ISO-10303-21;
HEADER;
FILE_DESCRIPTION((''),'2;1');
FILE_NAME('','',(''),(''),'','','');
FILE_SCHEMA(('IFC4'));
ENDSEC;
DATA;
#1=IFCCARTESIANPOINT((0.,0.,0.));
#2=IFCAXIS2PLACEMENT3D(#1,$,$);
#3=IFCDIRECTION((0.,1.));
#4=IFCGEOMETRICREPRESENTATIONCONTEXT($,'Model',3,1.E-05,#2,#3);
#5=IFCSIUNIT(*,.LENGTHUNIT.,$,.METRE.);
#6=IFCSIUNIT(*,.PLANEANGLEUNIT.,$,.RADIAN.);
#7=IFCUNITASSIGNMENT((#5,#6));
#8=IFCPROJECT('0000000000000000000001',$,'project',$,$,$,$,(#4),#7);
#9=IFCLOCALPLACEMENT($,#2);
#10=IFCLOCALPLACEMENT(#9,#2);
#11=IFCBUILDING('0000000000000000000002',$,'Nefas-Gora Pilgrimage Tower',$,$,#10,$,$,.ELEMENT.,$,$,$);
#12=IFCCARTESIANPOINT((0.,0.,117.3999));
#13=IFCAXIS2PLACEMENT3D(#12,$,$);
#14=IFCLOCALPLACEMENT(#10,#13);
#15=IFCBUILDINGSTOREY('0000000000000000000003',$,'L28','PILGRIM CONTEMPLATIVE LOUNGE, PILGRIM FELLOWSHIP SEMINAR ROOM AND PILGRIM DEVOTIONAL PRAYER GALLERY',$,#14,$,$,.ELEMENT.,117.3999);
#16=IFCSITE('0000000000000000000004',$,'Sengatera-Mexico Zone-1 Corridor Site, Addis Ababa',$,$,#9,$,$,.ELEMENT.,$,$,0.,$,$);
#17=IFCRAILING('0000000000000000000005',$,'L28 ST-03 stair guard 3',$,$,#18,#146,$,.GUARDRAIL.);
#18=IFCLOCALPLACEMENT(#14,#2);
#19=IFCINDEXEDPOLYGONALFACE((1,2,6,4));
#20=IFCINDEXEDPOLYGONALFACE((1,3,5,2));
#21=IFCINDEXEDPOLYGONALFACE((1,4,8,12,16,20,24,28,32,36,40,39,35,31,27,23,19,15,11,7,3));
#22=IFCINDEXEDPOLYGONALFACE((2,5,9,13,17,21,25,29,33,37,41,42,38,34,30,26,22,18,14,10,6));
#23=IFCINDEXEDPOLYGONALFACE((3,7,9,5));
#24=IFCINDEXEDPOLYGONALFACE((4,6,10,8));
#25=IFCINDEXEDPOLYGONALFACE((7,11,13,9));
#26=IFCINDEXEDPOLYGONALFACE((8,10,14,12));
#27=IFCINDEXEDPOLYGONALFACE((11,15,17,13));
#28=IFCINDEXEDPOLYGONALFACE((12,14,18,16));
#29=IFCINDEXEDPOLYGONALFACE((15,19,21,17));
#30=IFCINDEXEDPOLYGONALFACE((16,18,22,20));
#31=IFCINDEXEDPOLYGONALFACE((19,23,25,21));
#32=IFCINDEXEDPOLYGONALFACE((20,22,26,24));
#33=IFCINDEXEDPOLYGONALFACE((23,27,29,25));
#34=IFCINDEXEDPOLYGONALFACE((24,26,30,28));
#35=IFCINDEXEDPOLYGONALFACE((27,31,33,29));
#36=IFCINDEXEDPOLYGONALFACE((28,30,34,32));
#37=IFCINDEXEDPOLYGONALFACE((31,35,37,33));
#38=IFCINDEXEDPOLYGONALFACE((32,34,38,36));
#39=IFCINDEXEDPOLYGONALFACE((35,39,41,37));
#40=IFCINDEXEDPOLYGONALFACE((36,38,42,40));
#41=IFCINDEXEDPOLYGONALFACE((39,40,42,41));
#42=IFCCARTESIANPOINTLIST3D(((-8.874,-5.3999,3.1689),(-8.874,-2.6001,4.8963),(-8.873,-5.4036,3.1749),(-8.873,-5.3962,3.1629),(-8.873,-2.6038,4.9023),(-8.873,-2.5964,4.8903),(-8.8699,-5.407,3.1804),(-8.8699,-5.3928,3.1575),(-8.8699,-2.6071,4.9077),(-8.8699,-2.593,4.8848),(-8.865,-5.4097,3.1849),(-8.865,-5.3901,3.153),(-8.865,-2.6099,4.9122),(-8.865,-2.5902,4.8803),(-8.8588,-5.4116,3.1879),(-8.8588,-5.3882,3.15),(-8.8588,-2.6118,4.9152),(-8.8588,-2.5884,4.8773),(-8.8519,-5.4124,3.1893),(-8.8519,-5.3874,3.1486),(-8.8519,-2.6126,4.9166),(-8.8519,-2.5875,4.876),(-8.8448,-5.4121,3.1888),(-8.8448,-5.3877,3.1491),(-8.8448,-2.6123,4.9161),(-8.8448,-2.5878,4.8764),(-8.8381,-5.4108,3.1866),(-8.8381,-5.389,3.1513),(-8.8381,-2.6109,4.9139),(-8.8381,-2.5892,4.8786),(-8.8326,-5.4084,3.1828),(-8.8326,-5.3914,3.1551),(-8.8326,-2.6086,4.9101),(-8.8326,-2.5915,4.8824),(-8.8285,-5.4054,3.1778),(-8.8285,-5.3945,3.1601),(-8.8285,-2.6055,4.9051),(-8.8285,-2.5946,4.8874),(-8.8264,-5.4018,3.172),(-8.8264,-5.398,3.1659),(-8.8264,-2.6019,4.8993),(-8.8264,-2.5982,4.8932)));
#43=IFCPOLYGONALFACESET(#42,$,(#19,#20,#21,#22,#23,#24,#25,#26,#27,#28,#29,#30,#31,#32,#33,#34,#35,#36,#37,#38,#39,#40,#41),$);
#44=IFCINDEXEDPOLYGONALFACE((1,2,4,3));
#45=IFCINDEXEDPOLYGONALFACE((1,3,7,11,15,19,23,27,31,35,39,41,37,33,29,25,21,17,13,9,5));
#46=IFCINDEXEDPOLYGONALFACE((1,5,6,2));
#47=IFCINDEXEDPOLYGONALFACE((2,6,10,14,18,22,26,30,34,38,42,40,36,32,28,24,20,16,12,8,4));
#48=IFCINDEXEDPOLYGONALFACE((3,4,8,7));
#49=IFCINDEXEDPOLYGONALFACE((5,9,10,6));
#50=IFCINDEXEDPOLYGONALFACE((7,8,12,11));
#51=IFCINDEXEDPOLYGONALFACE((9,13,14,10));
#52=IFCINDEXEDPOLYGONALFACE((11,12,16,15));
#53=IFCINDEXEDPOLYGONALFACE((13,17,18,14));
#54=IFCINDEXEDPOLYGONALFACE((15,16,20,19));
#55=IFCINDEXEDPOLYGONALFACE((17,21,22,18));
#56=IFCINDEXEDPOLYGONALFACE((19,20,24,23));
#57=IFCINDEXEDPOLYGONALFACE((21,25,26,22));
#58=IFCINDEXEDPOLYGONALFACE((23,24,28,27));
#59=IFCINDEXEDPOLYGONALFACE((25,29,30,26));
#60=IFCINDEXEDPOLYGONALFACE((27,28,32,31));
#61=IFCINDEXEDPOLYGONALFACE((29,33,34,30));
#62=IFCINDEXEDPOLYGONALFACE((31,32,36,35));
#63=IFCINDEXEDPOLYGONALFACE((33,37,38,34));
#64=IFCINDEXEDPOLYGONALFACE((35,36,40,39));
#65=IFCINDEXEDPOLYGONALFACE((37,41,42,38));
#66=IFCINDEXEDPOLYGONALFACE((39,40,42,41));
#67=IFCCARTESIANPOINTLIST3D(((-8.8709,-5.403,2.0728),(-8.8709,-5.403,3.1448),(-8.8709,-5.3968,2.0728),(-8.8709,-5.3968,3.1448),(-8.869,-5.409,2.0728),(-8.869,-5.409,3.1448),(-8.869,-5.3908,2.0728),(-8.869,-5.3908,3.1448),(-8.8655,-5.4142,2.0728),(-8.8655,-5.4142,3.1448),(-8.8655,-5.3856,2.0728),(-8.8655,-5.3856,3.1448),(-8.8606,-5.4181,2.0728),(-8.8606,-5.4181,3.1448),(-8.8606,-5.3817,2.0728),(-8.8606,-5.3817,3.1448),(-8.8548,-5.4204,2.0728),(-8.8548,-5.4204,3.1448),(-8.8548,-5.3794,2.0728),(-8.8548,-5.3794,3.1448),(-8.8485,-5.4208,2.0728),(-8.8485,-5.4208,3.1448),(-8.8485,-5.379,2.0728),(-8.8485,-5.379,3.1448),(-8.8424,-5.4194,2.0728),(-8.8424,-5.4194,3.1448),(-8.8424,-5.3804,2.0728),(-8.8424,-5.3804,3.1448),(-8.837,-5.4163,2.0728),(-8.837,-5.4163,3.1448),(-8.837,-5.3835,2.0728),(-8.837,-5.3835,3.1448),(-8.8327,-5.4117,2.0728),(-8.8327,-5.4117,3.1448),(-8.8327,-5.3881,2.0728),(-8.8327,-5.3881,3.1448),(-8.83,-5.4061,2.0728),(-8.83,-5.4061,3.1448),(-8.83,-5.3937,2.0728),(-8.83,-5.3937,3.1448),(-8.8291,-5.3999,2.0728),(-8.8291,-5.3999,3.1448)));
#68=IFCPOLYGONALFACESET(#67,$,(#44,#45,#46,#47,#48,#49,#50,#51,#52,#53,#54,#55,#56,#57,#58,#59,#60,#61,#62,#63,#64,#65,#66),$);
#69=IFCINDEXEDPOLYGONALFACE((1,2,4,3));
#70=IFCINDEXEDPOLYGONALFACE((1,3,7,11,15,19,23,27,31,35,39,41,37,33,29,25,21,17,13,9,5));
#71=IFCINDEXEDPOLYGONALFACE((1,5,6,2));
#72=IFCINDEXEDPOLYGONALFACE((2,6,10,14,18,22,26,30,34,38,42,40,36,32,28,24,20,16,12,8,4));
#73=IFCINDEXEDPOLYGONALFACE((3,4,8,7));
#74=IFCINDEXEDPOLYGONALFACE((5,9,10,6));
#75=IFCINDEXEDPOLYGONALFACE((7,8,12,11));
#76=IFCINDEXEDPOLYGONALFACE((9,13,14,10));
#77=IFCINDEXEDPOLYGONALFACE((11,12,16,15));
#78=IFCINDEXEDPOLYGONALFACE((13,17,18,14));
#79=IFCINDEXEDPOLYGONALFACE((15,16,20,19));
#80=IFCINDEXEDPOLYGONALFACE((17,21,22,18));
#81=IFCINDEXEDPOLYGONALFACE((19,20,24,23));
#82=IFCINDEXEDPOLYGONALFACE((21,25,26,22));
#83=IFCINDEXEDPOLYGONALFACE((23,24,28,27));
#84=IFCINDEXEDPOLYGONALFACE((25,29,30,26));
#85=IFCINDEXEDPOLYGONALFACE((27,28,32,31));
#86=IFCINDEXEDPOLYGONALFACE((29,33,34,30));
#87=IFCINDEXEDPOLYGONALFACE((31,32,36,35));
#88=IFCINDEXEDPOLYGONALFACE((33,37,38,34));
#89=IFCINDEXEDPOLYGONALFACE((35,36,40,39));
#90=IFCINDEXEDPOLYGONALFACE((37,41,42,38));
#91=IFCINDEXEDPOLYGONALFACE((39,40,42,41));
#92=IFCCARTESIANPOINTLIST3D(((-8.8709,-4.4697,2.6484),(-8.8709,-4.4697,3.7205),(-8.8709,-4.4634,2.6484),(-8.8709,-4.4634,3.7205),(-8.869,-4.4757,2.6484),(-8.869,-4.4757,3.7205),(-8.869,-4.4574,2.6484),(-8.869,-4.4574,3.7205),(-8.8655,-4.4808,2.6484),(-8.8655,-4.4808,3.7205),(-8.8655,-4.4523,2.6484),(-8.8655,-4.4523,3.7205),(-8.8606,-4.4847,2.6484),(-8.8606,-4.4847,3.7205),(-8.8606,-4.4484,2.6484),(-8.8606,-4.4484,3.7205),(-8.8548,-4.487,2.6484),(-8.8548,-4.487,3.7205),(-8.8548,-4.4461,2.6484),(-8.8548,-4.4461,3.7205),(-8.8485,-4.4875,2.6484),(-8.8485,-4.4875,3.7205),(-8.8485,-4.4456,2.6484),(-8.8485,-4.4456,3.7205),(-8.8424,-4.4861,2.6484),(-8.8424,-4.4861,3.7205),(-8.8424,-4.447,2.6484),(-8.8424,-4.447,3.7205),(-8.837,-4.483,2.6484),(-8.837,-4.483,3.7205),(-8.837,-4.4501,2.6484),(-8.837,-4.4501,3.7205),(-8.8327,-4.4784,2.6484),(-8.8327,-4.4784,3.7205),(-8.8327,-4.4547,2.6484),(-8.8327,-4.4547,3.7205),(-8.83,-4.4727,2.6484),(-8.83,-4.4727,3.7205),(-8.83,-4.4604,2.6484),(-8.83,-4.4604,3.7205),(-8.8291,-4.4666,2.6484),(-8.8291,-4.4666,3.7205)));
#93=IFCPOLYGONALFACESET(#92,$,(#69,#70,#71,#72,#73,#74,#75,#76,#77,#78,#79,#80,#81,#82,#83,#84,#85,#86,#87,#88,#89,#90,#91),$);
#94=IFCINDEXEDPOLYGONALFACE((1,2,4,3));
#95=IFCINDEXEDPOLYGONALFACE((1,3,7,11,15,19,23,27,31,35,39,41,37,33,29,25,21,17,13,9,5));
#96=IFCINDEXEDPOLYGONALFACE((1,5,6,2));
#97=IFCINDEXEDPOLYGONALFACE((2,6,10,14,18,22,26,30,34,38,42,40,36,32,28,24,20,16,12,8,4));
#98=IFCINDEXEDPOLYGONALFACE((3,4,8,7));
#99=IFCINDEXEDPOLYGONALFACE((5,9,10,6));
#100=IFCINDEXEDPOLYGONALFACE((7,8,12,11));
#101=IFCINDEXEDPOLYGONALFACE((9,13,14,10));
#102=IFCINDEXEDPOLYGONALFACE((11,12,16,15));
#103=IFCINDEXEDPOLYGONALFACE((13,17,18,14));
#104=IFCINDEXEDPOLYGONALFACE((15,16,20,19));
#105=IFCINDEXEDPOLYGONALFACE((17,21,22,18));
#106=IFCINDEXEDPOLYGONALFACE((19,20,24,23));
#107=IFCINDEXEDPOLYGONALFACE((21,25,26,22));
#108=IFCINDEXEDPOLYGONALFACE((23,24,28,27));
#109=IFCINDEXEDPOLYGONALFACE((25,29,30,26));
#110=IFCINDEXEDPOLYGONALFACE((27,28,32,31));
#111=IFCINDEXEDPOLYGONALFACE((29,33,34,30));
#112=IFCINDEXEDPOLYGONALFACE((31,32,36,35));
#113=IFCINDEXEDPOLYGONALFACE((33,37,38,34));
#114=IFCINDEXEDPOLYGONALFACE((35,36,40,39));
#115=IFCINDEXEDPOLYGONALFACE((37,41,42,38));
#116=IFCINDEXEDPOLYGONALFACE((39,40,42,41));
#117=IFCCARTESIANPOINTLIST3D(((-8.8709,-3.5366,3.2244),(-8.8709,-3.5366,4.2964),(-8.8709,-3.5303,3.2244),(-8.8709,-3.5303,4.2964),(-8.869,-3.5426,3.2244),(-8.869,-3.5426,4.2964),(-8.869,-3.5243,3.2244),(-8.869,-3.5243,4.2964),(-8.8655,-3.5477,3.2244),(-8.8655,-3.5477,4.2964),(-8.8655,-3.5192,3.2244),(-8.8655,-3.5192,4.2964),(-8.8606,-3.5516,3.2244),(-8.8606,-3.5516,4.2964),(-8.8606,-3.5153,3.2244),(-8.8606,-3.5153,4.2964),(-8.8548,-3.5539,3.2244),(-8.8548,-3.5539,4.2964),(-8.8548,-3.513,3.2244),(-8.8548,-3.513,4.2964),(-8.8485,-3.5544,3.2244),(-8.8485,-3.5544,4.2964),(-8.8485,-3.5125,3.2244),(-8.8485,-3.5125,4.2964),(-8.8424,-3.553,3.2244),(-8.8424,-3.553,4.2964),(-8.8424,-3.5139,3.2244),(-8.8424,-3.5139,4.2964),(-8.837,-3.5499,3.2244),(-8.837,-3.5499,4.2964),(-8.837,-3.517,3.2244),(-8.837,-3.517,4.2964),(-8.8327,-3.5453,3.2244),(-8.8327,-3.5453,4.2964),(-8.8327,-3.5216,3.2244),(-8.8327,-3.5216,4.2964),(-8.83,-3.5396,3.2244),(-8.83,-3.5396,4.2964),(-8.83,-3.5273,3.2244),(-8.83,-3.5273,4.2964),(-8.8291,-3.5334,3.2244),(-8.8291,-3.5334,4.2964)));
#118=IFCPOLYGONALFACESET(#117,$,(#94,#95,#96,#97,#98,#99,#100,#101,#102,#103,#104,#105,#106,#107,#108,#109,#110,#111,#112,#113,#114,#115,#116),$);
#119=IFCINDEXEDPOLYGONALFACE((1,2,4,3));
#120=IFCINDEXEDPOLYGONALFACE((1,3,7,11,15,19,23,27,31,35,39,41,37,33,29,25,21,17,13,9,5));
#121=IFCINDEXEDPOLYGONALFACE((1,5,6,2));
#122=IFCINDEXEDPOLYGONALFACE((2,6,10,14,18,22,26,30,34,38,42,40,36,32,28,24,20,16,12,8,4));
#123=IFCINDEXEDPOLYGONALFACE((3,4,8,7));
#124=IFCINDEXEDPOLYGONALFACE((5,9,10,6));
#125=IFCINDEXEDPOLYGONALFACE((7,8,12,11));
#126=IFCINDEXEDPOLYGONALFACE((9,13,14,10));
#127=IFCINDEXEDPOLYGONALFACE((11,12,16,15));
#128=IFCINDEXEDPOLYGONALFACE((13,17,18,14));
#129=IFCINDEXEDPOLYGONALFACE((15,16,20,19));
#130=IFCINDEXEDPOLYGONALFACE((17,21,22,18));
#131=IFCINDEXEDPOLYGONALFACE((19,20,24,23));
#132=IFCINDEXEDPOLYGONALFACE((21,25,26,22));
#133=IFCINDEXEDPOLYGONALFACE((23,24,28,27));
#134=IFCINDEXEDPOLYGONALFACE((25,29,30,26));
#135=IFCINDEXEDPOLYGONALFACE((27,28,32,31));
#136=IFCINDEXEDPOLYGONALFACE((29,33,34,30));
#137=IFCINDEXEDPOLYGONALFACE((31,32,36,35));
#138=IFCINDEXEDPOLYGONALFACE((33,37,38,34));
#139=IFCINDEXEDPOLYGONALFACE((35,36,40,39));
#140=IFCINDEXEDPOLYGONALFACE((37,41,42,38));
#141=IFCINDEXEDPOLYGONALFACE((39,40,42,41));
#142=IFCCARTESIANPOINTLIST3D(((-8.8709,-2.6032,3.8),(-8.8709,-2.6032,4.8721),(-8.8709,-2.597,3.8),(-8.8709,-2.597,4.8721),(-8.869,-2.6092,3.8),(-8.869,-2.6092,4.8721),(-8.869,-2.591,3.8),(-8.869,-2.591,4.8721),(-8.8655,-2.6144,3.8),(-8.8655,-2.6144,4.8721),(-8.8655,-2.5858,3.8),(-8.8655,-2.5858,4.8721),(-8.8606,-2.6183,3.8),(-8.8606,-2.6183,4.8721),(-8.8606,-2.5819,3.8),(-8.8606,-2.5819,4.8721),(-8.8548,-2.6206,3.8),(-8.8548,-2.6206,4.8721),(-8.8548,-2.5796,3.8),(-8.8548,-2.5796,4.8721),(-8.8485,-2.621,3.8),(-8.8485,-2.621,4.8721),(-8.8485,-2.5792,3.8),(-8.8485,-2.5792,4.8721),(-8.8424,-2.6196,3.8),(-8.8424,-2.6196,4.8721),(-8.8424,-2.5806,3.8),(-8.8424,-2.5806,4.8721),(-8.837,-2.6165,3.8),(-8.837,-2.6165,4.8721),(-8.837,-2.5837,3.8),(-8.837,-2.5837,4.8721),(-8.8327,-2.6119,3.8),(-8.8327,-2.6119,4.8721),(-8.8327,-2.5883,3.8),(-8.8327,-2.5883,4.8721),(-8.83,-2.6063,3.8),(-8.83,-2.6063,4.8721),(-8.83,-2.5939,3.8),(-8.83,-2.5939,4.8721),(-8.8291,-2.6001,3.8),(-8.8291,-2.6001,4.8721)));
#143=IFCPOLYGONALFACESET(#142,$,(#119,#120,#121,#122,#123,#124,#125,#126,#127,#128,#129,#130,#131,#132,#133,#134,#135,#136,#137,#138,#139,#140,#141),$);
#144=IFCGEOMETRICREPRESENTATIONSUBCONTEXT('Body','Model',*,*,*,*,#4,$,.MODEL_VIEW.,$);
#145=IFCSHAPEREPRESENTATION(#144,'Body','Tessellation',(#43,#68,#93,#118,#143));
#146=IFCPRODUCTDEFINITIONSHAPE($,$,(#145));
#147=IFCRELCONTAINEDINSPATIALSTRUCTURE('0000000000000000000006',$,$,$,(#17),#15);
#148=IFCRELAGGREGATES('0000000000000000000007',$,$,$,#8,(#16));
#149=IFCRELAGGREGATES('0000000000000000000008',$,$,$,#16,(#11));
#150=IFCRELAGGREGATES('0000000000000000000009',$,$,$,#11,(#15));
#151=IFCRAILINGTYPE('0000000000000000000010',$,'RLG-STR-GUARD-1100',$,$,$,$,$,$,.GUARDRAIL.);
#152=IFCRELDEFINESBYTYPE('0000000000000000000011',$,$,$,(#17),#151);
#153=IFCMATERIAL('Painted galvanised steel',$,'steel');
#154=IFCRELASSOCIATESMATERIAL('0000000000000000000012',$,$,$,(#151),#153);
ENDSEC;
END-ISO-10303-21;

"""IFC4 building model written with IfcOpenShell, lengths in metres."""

from ifc_helpers import new_model, si_unit, direction, frame, origin, origin_2d, place, context, subcontext, project, spatial, circle, extrude, material, type_object, element, save


model = new_model("IFC4")

# Units and contexts
model_context = context("Model", 3, precision=1e-05, world=origin(), true_north=direction((0.0, 1.0)))
body_context = subcontext(model_context, "Body", "Model", "MODEL_VIEW")
ifc_project = project(units=[si_unit("LENGTHUNIT", "METRE"), si_unit("PLANEANGLEUNIT", "RADIAN")], contexts=[model_context])

# Site, building, storey
site_placement = place(None, origin())
site = spatial("IfcSite", under=ifc_project, at=site_placement, Name="Sengatera-Mexico Zone-1 Corridor Site, Addis Ababa", CompositionType="ELEMENT", RefElevation=0.0)
building_placement = place(site_placement, origin())
building = spatial("IfcBuilding", under=site, at=building_placement, Name="Nefas-Gora Pilgrimage Tower", CompositionType="ELEMENT")
storey_placement = place(building_placement, frame((0.0, 0.0, 117.3999)))
storey = spatial("IfcBuildingStorey", under=building, at=storey_placement, Name="L28", Description="PILGRIM CONTEMPLATIVE LOUNGE, PILGRIM FELLOWSHIP SEMINAR ROOM AND PILGRIM DEVOTIONAL PRAYER GALLERY", CompositionType="ELEMENT", Elevation=117.3999)

# Railing
ifc_material_1 = material(Name="Painted galvanised steel", Category="steel")
railing_type_1 = type_object("IfcRailingType", Name="RLG-STR-GUARD-1100", PredefinedType="GUARDRAIL", material=ifc_material_1)
railing_1_placement = place(storey_placement, frame((-8.8501, -5.3999, 2.0728)))
element("IfcRailing", 1, at=railing_1_placement, inside=storey, type_object=railing_type_1, Name="L28 ST-03 stair guard 3", PredefinedType="GUARDRAIL", context=body_context, shape_type="SweptSolid", body=[
    extrude(circle(Radius=0.0239, at=origin_2d()), frame((0.0, 0.0, 1.0962), z_axis=(0.0, 0.851069, 0.525054), x_axis=(-1.0, 0.0, 0.0)), (0.0, 0.0, 1.0), 3.2898),
    extrude(circle(Radius=0.021, at=origin_2d()), origin(), (0.0, 0.0, 1.0), 1.072),
    extrude(circle(Radius=0.021, at=origin_2d()), frame((0.0, 0.9333, 0.5757)), (0.0, 0.0, 1.0), 1.072),
    extrude(circle(Radius=0.021, at=origin_2d()), frame((0.0, 1.8665, 1.1516)), (0.0, 0.0, 1.0), 1.072),
    extrude(circle(Radius=0.021, at=origin_2d()), frame((0.0, 2.7998, 1.7273)), (0.0, 0.0, 1.0), 1.072),
])

save(model, "model.ifc")
